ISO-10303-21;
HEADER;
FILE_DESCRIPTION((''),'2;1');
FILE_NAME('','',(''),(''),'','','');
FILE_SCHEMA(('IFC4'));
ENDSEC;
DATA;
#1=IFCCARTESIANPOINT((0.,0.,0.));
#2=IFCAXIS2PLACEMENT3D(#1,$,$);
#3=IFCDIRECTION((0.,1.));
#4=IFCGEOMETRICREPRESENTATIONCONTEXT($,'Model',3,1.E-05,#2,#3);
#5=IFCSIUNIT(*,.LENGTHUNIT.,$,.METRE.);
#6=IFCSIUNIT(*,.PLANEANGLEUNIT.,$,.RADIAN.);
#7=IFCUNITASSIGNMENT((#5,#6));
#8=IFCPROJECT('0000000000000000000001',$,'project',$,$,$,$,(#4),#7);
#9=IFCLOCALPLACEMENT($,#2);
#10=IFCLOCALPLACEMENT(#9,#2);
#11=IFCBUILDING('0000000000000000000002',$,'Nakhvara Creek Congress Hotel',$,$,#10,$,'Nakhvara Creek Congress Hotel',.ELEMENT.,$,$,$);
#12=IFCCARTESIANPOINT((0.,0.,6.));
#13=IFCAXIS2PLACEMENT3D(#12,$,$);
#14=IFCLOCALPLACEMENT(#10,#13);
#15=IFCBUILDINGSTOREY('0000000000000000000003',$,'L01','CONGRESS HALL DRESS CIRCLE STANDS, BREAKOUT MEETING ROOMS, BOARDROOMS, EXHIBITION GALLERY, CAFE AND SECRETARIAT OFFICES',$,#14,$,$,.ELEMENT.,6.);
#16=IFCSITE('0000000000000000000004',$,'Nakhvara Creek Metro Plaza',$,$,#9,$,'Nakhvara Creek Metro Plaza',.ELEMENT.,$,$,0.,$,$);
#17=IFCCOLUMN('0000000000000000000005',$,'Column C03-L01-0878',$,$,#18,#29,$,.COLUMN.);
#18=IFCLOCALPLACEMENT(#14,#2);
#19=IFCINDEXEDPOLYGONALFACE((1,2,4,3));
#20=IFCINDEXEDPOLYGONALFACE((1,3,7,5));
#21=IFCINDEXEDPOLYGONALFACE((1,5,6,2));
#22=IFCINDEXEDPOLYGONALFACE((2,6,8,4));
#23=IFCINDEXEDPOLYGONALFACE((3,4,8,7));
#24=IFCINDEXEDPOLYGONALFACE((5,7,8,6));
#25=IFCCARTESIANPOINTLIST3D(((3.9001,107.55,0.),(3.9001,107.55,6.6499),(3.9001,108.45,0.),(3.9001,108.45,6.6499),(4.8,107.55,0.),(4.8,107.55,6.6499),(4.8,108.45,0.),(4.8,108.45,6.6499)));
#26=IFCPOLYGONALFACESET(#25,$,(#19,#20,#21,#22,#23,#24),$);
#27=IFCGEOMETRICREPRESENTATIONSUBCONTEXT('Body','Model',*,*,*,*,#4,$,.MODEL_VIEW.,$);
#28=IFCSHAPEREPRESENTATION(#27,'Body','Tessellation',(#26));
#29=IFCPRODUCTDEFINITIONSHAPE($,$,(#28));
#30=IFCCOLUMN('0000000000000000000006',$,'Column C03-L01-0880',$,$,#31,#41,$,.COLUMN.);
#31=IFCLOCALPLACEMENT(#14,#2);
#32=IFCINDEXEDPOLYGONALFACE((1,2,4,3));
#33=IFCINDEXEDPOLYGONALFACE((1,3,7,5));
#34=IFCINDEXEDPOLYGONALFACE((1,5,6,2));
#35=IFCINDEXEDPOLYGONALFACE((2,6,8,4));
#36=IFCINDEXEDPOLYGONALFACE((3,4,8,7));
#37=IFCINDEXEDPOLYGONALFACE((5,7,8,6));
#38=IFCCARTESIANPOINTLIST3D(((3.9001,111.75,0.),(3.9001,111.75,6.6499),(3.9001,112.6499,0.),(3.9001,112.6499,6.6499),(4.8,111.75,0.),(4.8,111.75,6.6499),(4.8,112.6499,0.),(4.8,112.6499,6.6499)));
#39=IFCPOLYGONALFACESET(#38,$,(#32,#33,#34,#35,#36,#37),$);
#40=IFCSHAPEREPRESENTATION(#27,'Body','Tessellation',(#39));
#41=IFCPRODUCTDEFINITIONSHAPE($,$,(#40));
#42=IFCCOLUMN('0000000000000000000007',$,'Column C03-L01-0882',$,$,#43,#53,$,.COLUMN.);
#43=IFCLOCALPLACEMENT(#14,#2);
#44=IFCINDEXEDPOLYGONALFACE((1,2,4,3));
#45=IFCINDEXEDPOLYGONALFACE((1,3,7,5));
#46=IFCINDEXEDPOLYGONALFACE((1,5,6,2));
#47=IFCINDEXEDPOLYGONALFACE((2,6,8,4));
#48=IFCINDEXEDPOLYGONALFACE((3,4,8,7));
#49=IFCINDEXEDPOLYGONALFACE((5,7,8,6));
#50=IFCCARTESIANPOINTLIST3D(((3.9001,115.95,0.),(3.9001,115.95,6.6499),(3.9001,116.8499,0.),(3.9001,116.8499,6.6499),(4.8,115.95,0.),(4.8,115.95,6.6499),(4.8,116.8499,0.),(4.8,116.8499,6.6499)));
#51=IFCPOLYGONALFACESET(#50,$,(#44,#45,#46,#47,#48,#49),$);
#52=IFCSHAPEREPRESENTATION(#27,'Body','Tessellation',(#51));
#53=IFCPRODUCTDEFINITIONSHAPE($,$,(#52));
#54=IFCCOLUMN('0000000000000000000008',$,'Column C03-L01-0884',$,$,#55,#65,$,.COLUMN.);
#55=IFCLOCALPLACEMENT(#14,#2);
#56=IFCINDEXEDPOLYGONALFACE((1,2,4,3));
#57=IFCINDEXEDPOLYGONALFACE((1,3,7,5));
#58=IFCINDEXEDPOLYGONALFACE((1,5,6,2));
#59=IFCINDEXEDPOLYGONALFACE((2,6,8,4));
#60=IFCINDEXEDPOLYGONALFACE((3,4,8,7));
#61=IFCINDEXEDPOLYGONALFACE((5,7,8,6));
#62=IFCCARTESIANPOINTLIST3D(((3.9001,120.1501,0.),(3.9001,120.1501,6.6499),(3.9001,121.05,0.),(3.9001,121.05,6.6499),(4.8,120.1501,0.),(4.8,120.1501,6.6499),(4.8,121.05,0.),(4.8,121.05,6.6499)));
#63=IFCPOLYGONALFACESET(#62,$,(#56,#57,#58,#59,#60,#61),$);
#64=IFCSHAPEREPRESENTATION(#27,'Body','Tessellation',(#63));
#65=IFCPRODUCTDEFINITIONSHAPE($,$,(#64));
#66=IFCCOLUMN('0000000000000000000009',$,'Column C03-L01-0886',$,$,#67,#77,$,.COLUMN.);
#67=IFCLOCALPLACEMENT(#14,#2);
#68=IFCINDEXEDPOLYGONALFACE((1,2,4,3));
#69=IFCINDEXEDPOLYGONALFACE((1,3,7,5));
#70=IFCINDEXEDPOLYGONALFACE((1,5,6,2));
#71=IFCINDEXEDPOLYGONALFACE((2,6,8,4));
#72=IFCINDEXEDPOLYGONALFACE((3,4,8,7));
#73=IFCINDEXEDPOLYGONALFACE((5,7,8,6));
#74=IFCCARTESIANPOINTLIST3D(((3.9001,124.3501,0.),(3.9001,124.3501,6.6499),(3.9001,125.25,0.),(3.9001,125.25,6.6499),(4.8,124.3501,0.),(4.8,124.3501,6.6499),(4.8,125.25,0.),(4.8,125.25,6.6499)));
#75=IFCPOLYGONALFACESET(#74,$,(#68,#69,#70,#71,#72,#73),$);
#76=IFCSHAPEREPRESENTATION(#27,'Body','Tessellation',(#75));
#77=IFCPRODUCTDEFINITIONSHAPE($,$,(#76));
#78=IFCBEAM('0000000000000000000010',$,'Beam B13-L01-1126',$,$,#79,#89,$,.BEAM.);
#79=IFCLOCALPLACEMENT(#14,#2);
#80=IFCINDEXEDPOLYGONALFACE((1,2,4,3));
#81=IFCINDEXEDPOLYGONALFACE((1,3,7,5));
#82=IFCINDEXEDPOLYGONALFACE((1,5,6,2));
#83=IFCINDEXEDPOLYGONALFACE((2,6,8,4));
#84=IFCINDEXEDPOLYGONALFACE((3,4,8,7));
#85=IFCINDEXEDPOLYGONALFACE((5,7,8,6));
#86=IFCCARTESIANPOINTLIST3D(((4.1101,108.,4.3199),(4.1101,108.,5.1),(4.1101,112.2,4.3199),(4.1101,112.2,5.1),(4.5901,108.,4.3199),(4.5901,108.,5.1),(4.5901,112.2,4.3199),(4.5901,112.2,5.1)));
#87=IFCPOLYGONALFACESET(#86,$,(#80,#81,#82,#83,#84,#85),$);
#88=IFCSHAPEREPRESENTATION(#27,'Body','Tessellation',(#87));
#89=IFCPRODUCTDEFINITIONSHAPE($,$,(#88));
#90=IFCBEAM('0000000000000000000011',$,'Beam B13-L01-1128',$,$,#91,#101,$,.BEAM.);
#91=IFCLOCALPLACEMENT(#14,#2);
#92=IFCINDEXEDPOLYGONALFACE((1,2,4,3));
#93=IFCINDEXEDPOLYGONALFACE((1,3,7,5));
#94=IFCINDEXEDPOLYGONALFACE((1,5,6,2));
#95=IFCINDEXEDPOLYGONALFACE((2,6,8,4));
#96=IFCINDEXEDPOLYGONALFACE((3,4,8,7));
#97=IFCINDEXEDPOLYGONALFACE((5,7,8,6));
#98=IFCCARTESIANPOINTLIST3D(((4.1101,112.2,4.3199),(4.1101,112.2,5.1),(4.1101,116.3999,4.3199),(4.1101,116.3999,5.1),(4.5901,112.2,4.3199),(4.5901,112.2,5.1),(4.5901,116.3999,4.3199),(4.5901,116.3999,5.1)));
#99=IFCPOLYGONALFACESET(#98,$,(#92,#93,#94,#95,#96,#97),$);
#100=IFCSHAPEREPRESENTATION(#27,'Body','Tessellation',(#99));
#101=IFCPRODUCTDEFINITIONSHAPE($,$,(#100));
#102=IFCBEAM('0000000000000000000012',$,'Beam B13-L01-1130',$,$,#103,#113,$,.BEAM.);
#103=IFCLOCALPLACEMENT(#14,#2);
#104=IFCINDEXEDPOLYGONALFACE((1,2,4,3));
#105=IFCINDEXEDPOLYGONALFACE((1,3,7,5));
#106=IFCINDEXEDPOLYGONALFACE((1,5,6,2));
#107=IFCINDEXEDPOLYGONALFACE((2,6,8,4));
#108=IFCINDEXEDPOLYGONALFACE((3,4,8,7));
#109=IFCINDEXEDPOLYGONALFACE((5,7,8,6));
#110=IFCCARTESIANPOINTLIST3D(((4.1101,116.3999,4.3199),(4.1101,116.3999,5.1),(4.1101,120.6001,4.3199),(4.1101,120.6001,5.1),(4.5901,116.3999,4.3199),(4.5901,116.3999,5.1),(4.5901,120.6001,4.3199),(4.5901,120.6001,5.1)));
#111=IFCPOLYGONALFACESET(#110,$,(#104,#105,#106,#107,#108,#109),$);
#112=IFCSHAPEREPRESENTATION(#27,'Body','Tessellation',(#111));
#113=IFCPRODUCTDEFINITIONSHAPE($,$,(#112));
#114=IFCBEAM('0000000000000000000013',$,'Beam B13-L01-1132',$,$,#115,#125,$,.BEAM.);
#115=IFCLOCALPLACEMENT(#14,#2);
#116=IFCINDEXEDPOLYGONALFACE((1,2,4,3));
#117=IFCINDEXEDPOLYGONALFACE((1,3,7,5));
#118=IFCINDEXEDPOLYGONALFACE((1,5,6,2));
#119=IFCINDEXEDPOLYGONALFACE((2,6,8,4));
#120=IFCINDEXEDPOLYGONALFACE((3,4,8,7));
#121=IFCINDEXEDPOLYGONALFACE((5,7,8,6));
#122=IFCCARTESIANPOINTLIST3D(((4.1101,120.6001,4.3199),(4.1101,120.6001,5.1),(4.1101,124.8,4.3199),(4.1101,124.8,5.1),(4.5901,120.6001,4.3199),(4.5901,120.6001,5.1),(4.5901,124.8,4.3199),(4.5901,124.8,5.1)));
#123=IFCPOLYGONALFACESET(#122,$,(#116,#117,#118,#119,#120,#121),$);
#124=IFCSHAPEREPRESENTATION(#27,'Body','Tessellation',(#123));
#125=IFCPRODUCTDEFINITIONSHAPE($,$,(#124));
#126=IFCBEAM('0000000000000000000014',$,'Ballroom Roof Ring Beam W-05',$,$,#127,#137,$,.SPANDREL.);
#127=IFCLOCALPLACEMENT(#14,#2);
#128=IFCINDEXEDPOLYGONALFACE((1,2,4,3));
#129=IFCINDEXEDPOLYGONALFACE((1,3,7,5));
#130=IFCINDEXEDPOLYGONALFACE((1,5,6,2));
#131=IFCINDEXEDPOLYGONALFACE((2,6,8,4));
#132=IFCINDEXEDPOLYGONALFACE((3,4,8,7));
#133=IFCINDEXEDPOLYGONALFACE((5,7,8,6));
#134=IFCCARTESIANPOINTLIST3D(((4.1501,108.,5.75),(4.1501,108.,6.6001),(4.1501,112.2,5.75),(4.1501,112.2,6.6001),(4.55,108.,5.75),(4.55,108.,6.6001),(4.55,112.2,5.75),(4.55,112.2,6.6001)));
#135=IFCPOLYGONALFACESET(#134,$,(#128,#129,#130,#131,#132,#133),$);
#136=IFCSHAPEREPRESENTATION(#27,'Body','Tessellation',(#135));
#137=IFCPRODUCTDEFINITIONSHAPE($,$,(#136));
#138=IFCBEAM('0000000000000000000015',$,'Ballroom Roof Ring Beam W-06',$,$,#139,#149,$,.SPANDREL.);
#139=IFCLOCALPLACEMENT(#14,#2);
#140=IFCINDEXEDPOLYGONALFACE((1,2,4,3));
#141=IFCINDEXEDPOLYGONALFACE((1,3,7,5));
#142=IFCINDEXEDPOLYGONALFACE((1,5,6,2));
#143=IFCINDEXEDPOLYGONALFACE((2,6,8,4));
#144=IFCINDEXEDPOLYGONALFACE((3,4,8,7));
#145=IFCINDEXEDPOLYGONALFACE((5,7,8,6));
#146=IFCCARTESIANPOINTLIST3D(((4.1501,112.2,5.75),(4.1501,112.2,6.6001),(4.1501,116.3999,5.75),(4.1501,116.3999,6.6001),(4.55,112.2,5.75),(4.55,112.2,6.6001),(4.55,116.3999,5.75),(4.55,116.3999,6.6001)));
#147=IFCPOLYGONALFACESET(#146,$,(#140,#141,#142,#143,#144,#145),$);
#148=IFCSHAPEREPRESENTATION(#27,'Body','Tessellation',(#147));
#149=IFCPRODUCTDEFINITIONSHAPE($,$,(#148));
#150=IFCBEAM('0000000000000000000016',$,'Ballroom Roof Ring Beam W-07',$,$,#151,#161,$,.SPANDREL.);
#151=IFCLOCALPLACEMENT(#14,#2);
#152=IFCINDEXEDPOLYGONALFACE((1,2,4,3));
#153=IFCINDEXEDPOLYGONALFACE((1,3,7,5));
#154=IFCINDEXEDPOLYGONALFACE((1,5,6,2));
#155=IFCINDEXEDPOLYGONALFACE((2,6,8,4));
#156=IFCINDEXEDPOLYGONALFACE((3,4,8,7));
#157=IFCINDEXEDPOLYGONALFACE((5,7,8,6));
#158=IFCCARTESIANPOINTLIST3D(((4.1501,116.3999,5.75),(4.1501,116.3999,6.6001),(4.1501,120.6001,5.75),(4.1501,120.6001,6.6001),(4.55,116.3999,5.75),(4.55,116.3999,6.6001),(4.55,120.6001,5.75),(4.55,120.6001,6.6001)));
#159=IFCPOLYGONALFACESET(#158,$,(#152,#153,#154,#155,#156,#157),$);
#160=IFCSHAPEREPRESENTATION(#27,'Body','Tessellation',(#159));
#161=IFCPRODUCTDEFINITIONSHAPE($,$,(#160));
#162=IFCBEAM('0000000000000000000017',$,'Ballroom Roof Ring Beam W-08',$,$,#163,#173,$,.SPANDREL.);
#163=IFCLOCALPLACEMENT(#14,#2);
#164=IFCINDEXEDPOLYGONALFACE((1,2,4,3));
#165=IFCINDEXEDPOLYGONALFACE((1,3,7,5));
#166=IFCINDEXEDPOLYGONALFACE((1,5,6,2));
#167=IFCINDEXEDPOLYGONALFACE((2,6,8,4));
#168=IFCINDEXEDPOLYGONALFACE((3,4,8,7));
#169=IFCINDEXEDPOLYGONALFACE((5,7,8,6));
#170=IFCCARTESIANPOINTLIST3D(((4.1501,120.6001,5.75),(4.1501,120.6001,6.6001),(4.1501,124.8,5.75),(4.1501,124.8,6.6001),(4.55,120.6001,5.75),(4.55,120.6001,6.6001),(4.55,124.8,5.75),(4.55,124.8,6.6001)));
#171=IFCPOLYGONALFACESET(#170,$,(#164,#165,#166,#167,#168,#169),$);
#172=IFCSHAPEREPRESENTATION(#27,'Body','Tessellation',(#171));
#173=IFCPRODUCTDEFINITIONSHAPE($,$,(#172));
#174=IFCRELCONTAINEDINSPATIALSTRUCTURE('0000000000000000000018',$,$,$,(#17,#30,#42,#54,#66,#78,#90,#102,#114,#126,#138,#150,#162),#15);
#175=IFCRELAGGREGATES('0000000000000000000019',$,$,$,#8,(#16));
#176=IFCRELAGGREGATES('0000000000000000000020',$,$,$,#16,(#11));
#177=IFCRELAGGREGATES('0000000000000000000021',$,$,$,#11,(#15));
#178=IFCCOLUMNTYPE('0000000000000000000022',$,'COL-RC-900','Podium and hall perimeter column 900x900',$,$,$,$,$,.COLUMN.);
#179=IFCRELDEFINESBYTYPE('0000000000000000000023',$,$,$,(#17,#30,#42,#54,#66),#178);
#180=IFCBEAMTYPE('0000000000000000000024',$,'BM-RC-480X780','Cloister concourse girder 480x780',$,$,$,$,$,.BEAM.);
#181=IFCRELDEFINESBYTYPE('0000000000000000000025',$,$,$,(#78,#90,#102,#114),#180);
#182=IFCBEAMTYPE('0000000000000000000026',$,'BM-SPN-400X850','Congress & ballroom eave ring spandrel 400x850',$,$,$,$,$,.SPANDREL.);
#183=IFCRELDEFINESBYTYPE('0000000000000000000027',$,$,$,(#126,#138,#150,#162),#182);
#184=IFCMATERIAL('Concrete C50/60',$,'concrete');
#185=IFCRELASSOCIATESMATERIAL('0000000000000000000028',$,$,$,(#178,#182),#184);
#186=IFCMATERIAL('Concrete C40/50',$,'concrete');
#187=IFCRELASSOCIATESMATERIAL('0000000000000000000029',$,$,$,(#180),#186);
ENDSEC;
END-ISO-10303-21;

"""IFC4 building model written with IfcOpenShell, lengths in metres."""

from ifc_helpers import new_model, si_unit, direction, frame, origin, origin_2d, place, context, subcontext, project, spatial, rectangle, extrude, material, material_profile, profile_set, type_object, element, save


model = new_model("IFC4")

# Units and contexts
model_context = context("Model", 3, precision=1e-05, world=origin(), true_north=direction((0.0, 1.0)))
body_context = subcontext(model_context, "Body", "Model", "MODEL_VIEW")
ifc_project = project(units=[si_unit("LENGTHUNIT", "METRE"), si_unit("PLANEANGLEUNIT", "RADIAN")], contexts=[model_context])

# Site, building, storey
site_placement = place(None, origin())
site = spatial("IfcSite", under=ifc_project, at=site_placement, Name="Nakhvara Creek Metro Plaza", LongName="Nakhvara Creek Metro Plaza", CompositionType="ELEMENT", RefElevation=0.0)
building_placement = place(site_placement, origin())
building = spatial("IfcBuilding", under=site, at=building_placement, Name="Nakhvara Creek Congress Hotel", LongName="Nakhvara Creek Congress Hotel", CompositionType="ELEMENT")
storey_placement = place(building_placement, frame((0.0, 0.0, 6.0)))
storey = spatial("IfcBuildingStorey", under=building, at=storey_placement, Name="L01", Description="CONGRESS HALL DRESS CIRCLE STANDS, BREAKOUT MEETING ROOMS, BOARDROOMS, EXHIBITION GALLERY, CAFE AND SECRETARIAT OFFICES", CompositionType="ELEMENT", Elevation=6.0)

# Columns
ifc_material_1 = material(Name="Concrete C50/60", Category="concrete")
ifc_material_profile_1 = material_profile(ifc_material_1, rectangle(XDim=0.8999, YDim=0.8999, at=origin_2d()), Name="RC-COL 900x900", Category="LoadBearing")
ifc_profile_set_1 = profile_set([ifc_material_profile_1], Name="Concrete C50/60")
column_type = type_object("IfcColumnType", Name="COL-RC-900", Description="Podium and hall perimeter column 900x900", PredefinedType="COLUMN", material=ifc_profile_set_1)
for number, where, z_axis, x_axis, name in (
    (1, (4.3501, 108.0, 0.0), (0.0, 0.0, 1.0), (1.0, 0.0, 0.0), "Column C03-L01-0878"),
    (2, (4.3501, 112.2, 0.0), (0.0, 0.0, 1.0), (1.0, 0.0, 0.0), "Column C03-L01-0880"),
    (3, (4.3501, 116.3999, 0.0), (0.0, 0.0, 1.0), (1.0, 0.0, 0.0), "Column C03-L01-0882"),
    (4, (4.3501, 120.6001, 0.0), (0.0, 0.0, 1.0), (1.0, 0.0, 0.0), "Column C03-L01-0884"),
    (5, (4.3501, 124.8, 0.0), (0.0, 0.0, 1.0), (1.0, 0.0, 0.0), "Column C03-L01-0886"),
):
    element("IfcColumn", number, at=place(storey_placement, frame(where, z_axis=z_axis, x_axis=x_axis)), inside=storey, type_object=column_type, Name=name, PredefinedType="COLUMN", context=body_context, shape_type="SweptSolid", body=[
        extrude(rectangle(XDim=0.8999, YDim=0.8999, at=origin_2d()), origin(), (0.0, 0.0, 1.0), 6.6499),
    ])

# Beams
ifc_material_2 = material(Name="Concrete C40/50", Category="concrete")
ifc_material_profile_2 = material_profile(ifc_material_2, rectangle(XDim=0.48, YDim=0.78, at=origin_2d()), Name="RC-BM 480x780", Category="LoadBearing")
ifc_profile_set_2 = profile_set([ifc_material_profile_2], Name="Concrete C40/50")
beam_type_1 = type_object("IfcBeamType", Name="BM-RC-480X780", Description="Cloister concourse girder 480x780", PredefinedType="BEAM", material=ifc_profile_set_2)
for number, where, z_axis, x_axis, name in (
    (6, (4.3501, 108.0, 4.71), (0.0, 1.0, 0.0), (-1.0, 0.0, 0.0), "Beam B13-L01-1126"),
    (7, (4.3501, 112.2, 4.71), (0.0, 1.0, 0.0), (-1.0, 0.0, 0.0), "Beam B13-L01-1128"),
):
    element("IfcBeam", number, at=place(storey_placement, frame(where, z_axis=z_axis, x_axis=x_axis)), inside=storey, type_object=beam_type_1, Name=name, PredefinedType="BEAM", context=body_context, shape_type="SweptSolid", body=[
        extrude(rectangle(XDim=0.48, YDim=0.78, at=origin_2d()), origin(), (0.0, 0.0, 1.0), 4.2),
    ])
beam_1_placement = place(storey_placement, frame((4.3501, 116.3999, 4.71), z_axis=(0.0, 1.0, 0.0), x_axis=(-1.0, 0.0, 0.0)))
element("IfcBeam", 8, at=beam_1_placement, inside=storey, type_object=beam_type_1, Name="Beam B13-L01-1130", PredefinedType="BEAM", context=body_context, shape_type="SweptSolid", body=[
    extrude(rectangle(XDim=0.48, YDim=0.78, at=origin_2d()), origin(), (0.0, 0.0, 1.0), 4.2002),
])
beam_2_placement = place(storey_placement, frame((4.3501, 120.6001, 4.71), z_axis=(0.0, 1.0, 0.0), x_axis=(-1.0, 0.0, 0.0)))
element("IfcBeam", 9, at=beam_2_placement, inside=storey, type_object=beam_type_1, Name="Beam B13-L01-1132", PredefinedType="BEAM", context=body_context, shape_type="SweptSolid", body=[
    extrude(rectangle(XDim=0.48, YDim=0.78, at=origin_2d()), origin(), (0.0, 0.0, 1.0), 4.2),
])
ifc_material_profile_3 = material_profile(ifc_material_1, rectangle(XDim=0.3999, YDim=0.8501, at=origin_2d()), Name="RC-SPANDREL 400x850", Category="LoadBearing")
ifc_profile_set_3 = profile_set([ifc_material_profile_3], Name="Concrete C50/60")
beam_type_2 = type_object("IfcBeamType", Name="BM-SPN-400X850", Description="Congress & ballroom eave ring spandrel 400x850", PredefinedType="SPANDREL", material=ifc_profile_set_3)
for number, where, z_axis, x_axis, name in (
    (10, (4.3501, 108.0, 6.175), (0.0, 1.0, 0.0), (-1.0, 0.0, 0.0), "Ballroom Roof Ring Beam W-05"),
    (11, (4.3501, 112.2, 6.175), (0.0, 1.0, 0.0), (-1.0, 0.0, 0.0), "Ballroom Roof Ring Beam W-06"),
):
    element("IfcBeam", number, at=place(storey_placement, frame(where, z_axis=z_axis, x_axis=x_axis)), inside=storey, type_object=beam_type_2, Name=name, PredefinedType="SPANDREL", context=body_context, shape_type="SweptSolid", body=[
        extrude(rectangle(XDim=0.3999, YDim=0.8501, at=origin_2d()), origin(), (0.0, 0.0, 1.0), 4.2),
    ])
beam_3_placement = place(storey_placement, frame((4.3501, 116.3999, 6.175), z_axis=(0.0, 1.0, 0.0), x_axis=(-1.0, 0.0, 0.0)))
element("IfcBeam", 12, at=beam_3_placement, inside=storey, type_object=beam_type_2, Name="Ballroom Roof Ring Beam W-07", PredefinedType="SPANDREL", context=body_context, shape_type="SweptSolid", body=[
    extrude(rectangle(XDim=0.3999, YDim=0.8501, at=origin_2d()), origin(), (0.0, 0.0, 1.0), 4.2002),
])
beam_4_placement = place(storey_placement, frame((4.3501, 120.6001, 6.175), z_axis=(0.0, 1.0, 0.0), x_axis=(-1.0, 0.0, 0.0)))
element("IfcBeam", 13, at=beam_4_placement, inside=storey, type_object=beam_type_2, Name="Ballroom Roof Ring Beam W-08", PredefinedType="SPANDREL", context=body_context, shape_type="SweptSolid", body=[
    extrude(rectangle(XDim=0.3999, YDim=0.8501, at=origin_2d()), origin(), (0.0, 0.0, 1.0), 4.2),
])

save(model, "model.ifc")
